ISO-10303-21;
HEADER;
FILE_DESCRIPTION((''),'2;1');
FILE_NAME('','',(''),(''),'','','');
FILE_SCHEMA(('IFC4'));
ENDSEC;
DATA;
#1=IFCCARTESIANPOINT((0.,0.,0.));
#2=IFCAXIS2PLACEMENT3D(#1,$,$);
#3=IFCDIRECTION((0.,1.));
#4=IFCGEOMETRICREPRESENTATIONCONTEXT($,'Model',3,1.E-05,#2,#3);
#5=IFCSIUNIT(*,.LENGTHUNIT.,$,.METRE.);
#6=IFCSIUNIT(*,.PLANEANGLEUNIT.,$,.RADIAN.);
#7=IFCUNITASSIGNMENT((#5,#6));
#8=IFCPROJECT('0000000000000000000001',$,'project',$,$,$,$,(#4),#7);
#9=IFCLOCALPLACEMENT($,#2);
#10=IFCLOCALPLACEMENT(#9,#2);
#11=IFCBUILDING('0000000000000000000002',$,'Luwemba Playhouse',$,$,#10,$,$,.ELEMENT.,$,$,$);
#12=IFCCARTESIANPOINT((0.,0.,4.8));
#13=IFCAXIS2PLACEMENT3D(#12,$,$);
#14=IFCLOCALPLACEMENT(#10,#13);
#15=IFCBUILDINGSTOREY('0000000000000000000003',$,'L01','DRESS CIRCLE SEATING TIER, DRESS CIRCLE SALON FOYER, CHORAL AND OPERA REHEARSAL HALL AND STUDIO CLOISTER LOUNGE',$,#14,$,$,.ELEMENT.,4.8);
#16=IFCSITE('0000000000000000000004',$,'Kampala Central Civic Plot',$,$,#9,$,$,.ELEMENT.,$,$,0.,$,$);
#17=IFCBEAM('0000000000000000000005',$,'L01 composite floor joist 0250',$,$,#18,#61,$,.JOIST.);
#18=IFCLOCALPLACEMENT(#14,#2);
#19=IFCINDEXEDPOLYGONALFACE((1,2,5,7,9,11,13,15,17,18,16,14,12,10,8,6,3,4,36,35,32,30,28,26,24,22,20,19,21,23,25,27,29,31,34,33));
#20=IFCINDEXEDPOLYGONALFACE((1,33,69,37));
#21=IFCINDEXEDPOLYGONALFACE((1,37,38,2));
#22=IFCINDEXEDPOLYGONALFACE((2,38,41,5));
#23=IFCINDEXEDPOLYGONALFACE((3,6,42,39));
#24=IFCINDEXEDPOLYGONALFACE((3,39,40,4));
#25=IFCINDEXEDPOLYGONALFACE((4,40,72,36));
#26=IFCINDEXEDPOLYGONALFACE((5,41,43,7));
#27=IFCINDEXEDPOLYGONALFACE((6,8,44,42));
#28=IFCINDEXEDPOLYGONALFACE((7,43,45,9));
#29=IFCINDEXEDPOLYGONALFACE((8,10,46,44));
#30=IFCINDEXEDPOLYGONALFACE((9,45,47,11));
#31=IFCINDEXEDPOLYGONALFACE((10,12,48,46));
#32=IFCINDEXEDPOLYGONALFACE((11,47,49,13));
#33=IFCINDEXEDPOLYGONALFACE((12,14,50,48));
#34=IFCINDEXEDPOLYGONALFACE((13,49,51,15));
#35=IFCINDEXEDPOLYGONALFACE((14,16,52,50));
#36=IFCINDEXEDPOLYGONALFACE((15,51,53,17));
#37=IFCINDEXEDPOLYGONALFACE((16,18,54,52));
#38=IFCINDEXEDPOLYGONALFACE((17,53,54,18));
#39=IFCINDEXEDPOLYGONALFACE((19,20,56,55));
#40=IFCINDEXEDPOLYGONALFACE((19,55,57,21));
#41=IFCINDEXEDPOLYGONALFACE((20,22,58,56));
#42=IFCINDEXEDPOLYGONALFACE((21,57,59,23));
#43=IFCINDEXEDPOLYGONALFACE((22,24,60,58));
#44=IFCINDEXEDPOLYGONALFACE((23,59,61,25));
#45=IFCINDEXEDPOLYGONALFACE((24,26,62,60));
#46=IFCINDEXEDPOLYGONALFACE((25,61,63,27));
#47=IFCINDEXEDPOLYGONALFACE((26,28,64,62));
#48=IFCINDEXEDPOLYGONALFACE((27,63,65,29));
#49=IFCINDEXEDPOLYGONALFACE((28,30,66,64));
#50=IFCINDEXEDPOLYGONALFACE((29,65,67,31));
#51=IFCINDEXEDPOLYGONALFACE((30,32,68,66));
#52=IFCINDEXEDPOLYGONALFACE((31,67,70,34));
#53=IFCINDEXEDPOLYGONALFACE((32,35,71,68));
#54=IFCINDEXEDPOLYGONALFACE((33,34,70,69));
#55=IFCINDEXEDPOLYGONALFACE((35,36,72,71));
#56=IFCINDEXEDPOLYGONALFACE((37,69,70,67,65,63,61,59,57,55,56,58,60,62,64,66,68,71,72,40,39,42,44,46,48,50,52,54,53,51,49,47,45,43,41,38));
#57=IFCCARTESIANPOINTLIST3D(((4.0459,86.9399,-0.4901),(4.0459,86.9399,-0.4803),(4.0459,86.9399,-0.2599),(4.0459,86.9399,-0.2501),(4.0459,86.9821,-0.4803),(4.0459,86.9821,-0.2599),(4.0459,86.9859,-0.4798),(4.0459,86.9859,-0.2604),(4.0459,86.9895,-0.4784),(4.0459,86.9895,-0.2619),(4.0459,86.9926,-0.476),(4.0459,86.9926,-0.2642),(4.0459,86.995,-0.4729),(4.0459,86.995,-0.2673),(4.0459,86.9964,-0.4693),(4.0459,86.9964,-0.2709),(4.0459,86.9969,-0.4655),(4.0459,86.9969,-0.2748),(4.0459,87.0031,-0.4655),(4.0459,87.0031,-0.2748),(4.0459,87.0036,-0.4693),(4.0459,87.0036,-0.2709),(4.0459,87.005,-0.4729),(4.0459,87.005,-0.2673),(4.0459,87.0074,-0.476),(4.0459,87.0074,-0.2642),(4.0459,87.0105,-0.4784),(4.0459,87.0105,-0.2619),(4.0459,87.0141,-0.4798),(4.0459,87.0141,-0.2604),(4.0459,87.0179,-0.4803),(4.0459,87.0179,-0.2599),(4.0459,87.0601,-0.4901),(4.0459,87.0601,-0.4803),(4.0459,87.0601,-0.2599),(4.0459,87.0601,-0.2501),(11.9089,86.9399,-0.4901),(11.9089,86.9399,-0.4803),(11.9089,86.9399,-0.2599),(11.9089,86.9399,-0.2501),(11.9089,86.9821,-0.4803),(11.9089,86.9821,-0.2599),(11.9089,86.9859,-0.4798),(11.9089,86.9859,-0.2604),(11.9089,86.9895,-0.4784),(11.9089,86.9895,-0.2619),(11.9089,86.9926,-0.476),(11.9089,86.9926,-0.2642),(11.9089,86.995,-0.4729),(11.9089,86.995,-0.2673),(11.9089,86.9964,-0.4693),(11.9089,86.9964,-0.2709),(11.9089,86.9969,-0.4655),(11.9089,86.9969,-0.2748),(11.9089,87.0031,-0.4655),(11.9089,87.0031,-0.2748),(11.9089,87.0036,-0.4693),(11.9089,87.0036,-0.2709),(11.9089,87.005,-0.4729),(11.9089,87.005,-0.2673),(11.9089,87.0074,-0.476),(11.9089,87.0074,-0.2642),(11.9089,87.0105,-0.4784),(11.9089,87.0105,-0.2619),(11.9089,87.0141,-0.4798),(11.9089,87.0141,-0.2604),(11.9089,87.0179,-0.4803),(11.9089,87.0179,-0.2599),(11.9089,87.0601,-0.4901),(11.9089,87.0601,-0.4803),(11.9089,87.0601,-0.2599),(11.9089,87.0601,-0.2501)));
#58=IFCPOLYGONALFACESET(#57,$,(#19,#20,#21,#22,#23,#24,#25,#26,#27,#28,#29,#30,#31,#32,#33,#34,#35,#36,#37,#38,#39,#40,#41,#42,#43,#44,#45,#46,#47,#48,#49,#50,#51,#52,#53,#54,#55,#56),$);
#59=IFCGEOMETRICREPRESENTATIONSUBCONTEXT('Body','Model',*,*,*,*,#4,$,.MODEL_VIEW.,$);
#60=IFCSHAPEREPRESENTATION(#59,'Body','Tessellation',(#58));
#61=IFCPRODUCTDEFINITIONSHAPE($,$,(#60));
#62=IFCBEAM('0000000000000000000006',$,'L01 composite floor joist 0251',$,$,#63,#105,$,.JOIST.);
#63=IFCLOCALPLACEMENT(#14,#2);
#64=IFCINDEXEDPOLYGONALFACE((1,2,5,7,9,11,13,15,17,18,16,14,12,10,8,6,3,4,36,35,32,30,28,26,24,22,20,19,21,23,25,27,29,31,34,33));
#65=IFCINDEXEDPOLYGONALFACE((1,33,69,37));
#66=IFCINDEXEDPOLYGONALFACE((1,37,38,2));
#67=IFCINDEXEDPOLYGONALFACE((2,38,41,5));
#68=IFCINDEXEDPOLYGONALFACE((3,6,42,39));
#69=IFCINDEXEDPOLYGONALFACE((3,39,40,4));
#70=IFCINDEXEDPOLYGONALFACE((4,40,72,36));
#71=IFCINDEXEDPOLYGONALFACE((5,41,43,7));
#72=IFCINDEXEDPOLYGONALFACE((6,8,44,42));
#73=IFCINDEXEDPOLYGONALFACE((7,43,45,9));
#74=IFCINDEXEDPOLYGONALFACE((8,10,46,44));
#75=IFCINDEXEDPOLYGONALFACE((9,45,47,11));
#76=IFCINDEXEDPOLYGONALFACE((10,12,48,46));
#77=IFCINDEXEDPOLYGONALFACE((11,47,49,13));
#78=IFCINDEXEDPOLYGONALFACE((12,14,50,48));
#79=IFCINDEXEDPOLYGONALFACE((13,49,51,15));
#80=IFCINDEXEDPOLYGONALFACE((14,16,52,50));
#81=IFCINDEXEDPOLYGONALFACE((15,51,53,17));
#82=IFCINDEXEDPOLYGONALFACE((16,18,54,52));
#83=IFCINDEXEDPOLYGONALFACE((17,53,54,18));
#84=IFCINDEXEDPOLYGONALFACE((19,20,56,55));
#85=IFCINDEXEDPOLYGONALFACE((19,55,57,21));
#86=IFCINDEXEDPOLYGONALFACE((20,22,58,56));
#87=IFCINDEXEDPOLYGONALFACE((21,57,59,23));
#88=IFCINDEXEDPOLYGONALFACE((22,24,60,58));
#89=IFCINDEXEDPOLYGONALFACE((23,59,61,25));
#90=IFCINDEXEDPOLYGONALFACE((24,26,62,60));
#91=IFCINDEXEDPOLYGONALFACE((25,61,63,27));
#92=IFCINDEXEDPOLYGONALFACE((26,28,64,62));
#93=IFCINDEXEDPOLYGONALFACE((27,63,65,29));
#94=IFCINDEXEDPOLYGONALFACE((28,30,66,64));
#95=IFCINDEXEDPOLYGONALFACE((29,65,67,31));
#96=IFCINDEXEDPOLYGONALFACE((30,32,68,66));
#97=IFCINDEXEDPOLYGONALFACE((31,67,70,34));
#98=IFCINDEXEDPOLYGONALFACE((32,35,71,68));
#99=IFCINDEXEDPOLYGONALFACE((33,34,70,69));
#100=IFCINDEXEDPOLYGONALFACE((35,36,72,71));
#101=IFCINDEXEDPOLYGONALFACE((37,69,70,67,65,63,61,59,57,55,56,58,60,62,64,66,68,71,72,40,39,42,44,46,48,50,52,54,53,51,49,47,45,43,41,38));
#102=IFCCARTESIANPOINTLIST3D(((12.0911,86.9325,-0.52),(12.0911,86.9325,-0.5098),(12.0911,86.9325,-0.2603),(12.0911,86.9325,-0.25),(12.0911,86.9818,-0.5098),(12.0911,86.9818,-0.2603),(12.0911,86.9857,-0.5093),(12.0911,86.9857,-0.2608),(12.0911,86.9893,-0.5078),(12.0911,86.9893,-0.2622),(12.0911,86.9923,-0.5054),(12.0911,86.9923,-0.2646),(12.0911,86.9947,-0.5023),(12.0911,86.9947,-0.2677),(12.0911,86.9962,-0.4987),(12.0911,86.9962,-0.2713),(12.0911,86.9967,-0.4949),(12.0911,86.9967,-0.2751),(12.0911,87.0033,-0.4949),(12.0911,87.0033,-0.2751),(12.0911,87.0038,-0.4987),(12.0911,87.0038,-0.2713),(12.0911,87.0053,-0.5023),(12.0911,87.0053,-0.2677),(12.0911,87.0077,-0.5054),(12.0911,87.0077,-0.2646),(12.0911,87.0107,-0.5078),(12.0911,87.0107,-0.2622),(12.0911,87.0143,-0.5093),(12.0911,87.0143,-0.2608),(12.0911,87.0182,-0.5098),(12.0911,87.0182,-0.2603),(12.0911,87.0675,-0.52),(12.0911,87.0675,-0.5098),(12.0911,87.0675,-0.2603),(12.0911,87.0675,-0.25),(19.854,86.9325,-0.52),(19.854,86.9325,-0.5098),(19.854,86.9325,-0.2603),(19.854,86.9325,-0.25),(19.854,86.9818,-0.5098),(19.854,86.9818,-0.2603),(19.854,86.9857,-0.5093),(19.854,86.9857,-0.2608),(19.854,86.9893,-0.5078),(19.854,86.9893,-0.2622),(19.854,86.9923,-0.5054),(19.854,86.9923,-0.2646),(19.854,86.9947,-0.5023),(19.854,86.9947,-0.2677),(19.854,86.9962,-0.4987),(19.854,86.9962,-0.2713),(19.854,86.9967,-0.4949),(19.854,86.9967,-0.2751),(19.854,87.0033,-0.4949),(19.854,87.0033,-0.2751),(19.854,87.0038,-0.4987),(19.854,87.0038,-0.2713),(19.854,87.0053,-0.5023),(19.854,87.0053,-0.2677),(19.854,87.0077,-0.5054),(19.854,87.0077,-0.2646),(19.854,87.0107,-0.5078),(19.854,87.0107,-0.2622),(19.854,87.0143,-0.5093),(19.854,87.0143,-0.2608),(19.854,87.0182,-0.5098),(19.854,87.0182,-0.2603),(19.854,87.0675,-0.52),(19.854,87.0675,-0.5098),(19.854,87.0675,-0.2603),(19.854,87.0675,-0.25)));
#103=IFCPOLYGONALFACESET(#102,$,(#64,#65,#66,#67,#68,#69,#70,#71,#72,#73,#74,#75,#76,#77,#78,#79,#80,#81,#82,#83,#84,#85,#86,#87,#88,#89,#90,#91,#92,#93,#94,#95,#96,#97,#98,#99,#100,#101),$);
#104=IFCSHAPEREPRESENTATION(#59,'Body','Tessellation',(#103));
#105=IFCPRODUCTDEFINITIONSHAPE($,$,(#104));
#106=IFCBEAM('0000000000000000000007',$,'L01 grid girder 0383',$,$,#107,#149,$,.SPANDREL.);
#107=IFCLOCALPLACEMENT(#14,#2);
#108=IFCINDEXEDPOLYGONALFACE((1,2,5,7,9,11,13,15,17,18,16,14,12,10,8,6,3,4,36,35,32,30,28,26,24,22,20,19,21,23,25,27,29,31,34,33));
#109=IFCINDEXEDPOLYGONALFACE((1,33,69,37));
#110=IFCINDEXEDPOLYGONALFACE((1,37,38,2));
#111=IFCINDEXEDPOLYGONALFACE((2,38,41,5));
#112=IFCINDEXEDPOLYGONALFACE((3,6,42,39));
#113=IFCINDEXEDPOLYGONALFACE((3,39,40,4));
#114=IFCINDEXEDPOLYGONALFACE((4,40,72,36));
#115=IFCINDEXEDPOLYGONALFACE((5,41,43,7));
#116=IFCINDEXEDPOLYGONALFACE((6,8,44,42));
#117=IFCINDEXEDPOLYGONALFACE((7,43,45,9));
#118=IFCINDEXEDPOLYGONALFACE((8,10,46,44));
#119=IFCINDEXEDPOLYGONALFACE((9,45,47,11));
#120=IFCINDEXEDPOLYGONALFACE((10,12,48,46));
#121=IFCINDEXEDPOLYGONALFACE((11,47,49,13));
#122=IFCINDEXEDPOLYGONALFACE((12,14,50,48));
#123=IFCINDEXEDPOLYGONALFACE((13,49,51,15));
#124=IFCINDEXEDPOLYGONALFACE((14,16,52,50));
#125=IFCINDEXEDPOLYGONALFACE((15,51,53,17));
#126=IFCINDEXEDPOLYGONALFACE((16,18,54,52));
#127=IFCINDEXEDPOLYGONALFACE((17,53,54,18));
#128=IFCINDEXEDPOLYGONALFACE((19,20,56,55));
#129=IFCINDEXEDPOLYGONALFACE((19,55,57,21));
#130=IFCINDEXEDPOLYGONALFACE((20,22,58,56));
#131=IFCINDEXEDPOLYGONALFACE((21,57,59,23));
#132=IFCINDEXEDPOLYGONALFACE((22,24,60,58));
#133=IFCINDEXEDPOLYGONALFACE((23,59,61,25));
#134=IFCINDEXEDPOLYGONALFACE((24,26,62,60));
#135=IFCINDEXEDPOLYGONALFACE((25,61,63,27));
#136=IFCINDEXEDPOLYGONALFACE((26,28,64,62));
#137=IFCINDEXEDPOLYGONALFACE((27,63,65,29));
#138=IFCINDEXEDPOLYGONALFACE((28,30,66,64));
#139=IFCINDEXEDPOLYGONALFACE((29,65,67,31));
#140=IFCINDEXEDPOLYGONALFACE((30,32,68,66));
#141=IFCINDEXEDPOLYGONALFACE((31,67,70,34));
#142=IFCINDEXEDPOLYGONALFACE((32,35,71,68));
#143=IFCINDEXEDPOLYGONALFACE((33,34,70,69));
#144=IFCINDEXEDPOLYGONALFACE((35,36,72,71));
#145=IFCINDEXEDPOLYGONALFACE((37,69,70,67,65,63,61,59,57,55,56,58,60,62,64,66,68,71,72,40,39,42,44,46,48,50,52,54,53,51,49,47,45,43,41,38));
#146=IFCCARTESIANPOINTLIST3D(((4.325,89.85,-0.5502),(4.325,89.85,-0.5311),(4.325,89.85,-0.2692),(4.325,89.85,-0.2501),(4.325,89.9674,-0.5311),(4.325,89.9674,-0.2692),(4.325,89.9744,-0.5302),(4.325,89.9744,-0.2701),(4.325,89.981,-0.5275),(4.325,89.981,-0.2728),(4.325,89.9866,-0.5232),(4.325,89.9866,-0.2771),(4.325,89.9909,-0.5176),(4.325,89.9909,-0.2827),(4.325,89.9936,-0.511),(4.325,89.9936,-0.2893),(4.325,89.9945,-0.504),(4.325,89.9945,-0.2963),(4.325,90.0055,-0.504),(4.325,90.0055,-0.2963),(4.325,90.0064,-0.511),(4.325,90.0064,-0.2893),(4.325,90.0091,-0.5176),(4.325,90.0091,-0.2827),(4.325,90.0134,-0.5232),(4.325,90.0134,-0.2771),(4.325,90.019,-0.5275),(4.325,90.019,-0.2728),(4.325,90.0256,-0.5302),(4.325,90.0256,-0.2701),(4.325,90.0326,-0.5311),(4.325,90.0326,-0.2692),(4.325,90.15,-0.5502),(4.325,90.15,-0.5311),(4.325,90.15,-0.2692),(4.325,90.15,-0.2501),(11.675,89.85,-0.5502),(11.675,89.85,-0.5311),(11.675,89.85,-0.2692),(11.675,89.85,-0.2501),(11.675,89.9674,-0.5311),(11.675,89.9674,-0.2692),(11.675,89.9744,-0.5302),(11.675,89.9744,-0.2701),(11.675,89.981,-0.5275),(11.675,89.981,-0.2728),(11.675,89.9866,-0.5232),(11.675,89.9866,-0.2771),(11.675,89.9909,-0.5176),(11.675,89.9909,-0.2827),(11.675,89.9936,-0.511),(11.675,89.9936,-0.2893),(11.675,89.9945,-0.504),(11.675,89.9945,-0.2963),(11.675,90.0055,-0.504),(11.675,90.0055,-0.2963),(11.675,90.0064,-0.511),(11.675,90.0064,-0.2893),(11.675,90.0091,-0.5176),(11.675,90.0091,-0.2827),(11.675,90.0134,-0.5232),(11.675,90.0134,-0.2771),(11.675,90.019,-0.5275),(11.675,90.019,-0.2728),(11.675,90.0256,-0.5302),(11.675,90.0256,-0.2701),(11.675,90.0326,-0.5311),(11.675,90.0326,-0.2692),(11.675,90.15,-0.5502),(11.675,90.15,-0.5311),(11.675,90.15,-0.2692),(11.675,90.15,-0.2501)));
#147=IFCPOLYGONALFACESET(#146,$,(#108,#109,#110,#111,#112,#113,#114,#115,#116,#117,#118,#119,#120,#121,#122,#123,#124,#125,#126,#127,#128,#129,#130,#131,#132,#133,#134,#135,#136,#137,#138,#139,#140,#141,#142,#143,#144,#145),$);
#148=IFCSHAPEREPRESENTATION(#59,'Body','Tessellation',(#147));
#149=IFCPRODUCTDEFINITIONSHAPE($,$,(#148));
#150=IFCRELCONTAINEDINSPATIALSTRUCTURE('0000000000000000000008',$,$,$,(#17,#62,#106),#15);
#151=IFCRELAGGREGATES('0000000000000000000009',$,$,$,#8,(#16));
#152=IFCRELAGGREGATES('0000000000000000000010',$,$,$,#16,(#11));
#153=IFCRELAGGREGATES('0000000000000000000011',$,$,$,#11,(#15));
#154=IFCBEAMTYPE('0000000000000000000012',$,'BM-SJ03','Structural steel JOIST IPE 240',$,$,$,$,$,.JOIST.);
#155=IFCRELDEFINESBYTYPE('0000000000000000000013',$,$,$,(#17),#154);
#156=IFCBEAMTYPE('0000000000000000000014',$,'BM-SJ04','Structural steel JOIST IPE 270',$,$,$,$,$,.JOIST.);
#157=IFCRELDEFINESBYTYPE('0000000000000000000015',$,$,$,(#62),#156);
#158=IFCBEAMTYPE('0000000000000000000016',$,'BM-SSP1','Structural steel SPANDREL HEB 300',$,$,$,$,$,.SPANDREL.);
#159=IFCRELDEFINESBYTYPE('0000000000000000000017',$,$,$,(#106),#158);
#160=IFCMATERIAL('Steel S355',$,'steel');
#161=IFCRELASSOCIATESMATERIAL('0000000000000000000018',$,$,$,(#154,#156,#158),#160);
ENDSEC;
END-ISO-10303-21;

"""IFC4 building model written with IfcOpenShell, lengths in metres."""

from ifc_helpers import new_model, si_unit, direction, frame, origin, origin_2d, place, context, subcontext, project, spatial, i_section, extrude, material, material_profile, profile_set, type_object, element, save


model = new_model("IFC4")

# Units and contexts
model_context = context("Model", 3, precision=1e-05, world=origin(), true_north=direction((0.0, 1.0)))
body_context = subcontext(model_context, "Body", "Model", "MODEL_VIEW")
ifc_project = project(units=[si_unit("LENGTHUNIT", "METRE"), si_unit("PLANEANGLEUNIT", "RADIAN")], contexts=[model_context])

# Site, building, storey
site_placement = place(None, origin())
site = spatial("IfcSite", under=ifc_project, at=site_placement, Name="Kampala Central Civic Plot", CompositionType="ELEMENT", RefElevation=0.0)
building_placement = place(site_placement, origin())
building = spatial("IfcBuilding", under=site, at=building_placement, Name="Luwemba Playhouse", CompositionType="ELEMENT")
storey_placement = place(building_placement, frame((0.0, 0.0, 4.8)))
storey = spatial("IfcBuildingStorey", under=building, at=storey_placement, Name="L01", Description="DRESS CIRCLE SEATING TIER, DRESS CIRCLE SALON FOYER, CHORAL AND OPERA REHEARSAL HALL AND STUDIO CLOISTER LOUNGE", CompositionType="ELEMENT", Elevation=4.8)

# Beams
ifc_material_1 = material(Name="Steel S355", Category="steel")
ifc_material_profile_1 = material_profile(ifc_material_1, i_section(OverallWidth=0.1201, OverallDepth=0.24, WebThickness=0.0061, FlangeThickness=0.0098, FilletRadius=0.0149, at=origin_2d()))
ifc_profile_set_1 = profile_set([ifc_material_profile_1], Name="Steel S355")
beam_type_1 = type_object("IfcBeamType", Name="BM-SJ03", Description="Structural steel JOIST IPE 240", PredefinedType="JOIST", material=ifc_profile_set_1)
beam_1_placement = place(storey_placement, frame((4.0459, 87.0, -0.3701), z_axis=(1.0, 0.0, 0.0), x_axis=(0.0, 1.0, 0.0)))
element("IfcBeam", 1, at=beam_1_placement, inside=storey, type_object=beam_type_1, Name="L01 composite floor joist 0250", PredefinedType="JOIST", context=body_context, shape_type="SweptSolid", body=[
    extrude(i_section(OverallWidth=0.1201, OverallDepth=0.24, WebThickness=0.0061, FlangeThickness=0.0098, FilletRadius=0.0149, at=origin_2d()), origin(), (0.0, 0.0, 1.0), 7.863),
])
ifc_material_profile_2 = material_profile(ifc_material_1, i_section(OverallWidth=0.135, OverallDepth=0.27, WebThickness=0.0066, FlangeThickness=0.0103, FilletRadius=0.0149, at=origin_2d()))
ifc_profile_set_2 = profile_set([ifc_material_profile_2], Name="Steel S355")
beam_type_2 = type_object("IfcBeamType", Name="BM-SJ04", Description="Structural steel JOIST IPE 270", PredefinedType="JOIST", material=ifc_profile_set_2)
beam_2_placement = place(storey_placement, frame((12.0911, 87.0, -0.385), z_axis=(1.0, 0.0, 0.0), x_axis=(0.0, 1.0, 0.0)))
element("IfcBeam", 2, at=beam_2_placement, inside=storey, type_object=beam_type_2, Name="L01 composite floor joist 0251", PredefinedType="JOIST", context=body_context, shape_type="SweptSolid", body=[
    extrude(i_section(OverallWidth=0.135, OverallDepth=0.27, WebThickness=0.0066, FlangeThickness=0.0103, FilletRadius=0.0149, at=origin_2d()), origin(), (0.0, 0.0, 1.0), 7.7629),
])
ifc_material_profile_3 = material_profile(ifc_material_1, i_section(OverallWidth=0.3, OverallDepth=0.3, WebThickness=0.011, FlangeThickness=0.019, FilletRadius=0.0271, at=origin_2d()))
ifc_profile_set_3 = profile_set([ifc_material_profile_3], Name="Steel S355")
beam_type_3 = type_object("IfcBeamType", Name="BM-SSP1", Description="Structural steel SPANDREL HEB 300", PredefinedType="SPANDREL", material=ifc_profile_set_3)
beam_3_placement = place(storey_placement, frame((4.325, 90.0, -0.4001), z_axis=(1.0, 0.0, 0.0), x_axis=(0.0, 1.0, 0.0)))
element("IfcBeam", 3, at=beam_3_placement, inside=storey, type_object=beam_type_3, Name="L01 grid girder 0383", PredefinedType="SPANDREL", context=body_context, shape_type="SweptSolid", body=[
    extrude(i_section(OverallWidth=0.3, OverallDepth=0.3, WebThickness=0.011, FlangeThickness=0.019, FilletRadius=0.0271, at=origin_2d()), origin(), (0.0, 0.0, 1.0), 7.3501),
])

save(model, "model.ifc")
